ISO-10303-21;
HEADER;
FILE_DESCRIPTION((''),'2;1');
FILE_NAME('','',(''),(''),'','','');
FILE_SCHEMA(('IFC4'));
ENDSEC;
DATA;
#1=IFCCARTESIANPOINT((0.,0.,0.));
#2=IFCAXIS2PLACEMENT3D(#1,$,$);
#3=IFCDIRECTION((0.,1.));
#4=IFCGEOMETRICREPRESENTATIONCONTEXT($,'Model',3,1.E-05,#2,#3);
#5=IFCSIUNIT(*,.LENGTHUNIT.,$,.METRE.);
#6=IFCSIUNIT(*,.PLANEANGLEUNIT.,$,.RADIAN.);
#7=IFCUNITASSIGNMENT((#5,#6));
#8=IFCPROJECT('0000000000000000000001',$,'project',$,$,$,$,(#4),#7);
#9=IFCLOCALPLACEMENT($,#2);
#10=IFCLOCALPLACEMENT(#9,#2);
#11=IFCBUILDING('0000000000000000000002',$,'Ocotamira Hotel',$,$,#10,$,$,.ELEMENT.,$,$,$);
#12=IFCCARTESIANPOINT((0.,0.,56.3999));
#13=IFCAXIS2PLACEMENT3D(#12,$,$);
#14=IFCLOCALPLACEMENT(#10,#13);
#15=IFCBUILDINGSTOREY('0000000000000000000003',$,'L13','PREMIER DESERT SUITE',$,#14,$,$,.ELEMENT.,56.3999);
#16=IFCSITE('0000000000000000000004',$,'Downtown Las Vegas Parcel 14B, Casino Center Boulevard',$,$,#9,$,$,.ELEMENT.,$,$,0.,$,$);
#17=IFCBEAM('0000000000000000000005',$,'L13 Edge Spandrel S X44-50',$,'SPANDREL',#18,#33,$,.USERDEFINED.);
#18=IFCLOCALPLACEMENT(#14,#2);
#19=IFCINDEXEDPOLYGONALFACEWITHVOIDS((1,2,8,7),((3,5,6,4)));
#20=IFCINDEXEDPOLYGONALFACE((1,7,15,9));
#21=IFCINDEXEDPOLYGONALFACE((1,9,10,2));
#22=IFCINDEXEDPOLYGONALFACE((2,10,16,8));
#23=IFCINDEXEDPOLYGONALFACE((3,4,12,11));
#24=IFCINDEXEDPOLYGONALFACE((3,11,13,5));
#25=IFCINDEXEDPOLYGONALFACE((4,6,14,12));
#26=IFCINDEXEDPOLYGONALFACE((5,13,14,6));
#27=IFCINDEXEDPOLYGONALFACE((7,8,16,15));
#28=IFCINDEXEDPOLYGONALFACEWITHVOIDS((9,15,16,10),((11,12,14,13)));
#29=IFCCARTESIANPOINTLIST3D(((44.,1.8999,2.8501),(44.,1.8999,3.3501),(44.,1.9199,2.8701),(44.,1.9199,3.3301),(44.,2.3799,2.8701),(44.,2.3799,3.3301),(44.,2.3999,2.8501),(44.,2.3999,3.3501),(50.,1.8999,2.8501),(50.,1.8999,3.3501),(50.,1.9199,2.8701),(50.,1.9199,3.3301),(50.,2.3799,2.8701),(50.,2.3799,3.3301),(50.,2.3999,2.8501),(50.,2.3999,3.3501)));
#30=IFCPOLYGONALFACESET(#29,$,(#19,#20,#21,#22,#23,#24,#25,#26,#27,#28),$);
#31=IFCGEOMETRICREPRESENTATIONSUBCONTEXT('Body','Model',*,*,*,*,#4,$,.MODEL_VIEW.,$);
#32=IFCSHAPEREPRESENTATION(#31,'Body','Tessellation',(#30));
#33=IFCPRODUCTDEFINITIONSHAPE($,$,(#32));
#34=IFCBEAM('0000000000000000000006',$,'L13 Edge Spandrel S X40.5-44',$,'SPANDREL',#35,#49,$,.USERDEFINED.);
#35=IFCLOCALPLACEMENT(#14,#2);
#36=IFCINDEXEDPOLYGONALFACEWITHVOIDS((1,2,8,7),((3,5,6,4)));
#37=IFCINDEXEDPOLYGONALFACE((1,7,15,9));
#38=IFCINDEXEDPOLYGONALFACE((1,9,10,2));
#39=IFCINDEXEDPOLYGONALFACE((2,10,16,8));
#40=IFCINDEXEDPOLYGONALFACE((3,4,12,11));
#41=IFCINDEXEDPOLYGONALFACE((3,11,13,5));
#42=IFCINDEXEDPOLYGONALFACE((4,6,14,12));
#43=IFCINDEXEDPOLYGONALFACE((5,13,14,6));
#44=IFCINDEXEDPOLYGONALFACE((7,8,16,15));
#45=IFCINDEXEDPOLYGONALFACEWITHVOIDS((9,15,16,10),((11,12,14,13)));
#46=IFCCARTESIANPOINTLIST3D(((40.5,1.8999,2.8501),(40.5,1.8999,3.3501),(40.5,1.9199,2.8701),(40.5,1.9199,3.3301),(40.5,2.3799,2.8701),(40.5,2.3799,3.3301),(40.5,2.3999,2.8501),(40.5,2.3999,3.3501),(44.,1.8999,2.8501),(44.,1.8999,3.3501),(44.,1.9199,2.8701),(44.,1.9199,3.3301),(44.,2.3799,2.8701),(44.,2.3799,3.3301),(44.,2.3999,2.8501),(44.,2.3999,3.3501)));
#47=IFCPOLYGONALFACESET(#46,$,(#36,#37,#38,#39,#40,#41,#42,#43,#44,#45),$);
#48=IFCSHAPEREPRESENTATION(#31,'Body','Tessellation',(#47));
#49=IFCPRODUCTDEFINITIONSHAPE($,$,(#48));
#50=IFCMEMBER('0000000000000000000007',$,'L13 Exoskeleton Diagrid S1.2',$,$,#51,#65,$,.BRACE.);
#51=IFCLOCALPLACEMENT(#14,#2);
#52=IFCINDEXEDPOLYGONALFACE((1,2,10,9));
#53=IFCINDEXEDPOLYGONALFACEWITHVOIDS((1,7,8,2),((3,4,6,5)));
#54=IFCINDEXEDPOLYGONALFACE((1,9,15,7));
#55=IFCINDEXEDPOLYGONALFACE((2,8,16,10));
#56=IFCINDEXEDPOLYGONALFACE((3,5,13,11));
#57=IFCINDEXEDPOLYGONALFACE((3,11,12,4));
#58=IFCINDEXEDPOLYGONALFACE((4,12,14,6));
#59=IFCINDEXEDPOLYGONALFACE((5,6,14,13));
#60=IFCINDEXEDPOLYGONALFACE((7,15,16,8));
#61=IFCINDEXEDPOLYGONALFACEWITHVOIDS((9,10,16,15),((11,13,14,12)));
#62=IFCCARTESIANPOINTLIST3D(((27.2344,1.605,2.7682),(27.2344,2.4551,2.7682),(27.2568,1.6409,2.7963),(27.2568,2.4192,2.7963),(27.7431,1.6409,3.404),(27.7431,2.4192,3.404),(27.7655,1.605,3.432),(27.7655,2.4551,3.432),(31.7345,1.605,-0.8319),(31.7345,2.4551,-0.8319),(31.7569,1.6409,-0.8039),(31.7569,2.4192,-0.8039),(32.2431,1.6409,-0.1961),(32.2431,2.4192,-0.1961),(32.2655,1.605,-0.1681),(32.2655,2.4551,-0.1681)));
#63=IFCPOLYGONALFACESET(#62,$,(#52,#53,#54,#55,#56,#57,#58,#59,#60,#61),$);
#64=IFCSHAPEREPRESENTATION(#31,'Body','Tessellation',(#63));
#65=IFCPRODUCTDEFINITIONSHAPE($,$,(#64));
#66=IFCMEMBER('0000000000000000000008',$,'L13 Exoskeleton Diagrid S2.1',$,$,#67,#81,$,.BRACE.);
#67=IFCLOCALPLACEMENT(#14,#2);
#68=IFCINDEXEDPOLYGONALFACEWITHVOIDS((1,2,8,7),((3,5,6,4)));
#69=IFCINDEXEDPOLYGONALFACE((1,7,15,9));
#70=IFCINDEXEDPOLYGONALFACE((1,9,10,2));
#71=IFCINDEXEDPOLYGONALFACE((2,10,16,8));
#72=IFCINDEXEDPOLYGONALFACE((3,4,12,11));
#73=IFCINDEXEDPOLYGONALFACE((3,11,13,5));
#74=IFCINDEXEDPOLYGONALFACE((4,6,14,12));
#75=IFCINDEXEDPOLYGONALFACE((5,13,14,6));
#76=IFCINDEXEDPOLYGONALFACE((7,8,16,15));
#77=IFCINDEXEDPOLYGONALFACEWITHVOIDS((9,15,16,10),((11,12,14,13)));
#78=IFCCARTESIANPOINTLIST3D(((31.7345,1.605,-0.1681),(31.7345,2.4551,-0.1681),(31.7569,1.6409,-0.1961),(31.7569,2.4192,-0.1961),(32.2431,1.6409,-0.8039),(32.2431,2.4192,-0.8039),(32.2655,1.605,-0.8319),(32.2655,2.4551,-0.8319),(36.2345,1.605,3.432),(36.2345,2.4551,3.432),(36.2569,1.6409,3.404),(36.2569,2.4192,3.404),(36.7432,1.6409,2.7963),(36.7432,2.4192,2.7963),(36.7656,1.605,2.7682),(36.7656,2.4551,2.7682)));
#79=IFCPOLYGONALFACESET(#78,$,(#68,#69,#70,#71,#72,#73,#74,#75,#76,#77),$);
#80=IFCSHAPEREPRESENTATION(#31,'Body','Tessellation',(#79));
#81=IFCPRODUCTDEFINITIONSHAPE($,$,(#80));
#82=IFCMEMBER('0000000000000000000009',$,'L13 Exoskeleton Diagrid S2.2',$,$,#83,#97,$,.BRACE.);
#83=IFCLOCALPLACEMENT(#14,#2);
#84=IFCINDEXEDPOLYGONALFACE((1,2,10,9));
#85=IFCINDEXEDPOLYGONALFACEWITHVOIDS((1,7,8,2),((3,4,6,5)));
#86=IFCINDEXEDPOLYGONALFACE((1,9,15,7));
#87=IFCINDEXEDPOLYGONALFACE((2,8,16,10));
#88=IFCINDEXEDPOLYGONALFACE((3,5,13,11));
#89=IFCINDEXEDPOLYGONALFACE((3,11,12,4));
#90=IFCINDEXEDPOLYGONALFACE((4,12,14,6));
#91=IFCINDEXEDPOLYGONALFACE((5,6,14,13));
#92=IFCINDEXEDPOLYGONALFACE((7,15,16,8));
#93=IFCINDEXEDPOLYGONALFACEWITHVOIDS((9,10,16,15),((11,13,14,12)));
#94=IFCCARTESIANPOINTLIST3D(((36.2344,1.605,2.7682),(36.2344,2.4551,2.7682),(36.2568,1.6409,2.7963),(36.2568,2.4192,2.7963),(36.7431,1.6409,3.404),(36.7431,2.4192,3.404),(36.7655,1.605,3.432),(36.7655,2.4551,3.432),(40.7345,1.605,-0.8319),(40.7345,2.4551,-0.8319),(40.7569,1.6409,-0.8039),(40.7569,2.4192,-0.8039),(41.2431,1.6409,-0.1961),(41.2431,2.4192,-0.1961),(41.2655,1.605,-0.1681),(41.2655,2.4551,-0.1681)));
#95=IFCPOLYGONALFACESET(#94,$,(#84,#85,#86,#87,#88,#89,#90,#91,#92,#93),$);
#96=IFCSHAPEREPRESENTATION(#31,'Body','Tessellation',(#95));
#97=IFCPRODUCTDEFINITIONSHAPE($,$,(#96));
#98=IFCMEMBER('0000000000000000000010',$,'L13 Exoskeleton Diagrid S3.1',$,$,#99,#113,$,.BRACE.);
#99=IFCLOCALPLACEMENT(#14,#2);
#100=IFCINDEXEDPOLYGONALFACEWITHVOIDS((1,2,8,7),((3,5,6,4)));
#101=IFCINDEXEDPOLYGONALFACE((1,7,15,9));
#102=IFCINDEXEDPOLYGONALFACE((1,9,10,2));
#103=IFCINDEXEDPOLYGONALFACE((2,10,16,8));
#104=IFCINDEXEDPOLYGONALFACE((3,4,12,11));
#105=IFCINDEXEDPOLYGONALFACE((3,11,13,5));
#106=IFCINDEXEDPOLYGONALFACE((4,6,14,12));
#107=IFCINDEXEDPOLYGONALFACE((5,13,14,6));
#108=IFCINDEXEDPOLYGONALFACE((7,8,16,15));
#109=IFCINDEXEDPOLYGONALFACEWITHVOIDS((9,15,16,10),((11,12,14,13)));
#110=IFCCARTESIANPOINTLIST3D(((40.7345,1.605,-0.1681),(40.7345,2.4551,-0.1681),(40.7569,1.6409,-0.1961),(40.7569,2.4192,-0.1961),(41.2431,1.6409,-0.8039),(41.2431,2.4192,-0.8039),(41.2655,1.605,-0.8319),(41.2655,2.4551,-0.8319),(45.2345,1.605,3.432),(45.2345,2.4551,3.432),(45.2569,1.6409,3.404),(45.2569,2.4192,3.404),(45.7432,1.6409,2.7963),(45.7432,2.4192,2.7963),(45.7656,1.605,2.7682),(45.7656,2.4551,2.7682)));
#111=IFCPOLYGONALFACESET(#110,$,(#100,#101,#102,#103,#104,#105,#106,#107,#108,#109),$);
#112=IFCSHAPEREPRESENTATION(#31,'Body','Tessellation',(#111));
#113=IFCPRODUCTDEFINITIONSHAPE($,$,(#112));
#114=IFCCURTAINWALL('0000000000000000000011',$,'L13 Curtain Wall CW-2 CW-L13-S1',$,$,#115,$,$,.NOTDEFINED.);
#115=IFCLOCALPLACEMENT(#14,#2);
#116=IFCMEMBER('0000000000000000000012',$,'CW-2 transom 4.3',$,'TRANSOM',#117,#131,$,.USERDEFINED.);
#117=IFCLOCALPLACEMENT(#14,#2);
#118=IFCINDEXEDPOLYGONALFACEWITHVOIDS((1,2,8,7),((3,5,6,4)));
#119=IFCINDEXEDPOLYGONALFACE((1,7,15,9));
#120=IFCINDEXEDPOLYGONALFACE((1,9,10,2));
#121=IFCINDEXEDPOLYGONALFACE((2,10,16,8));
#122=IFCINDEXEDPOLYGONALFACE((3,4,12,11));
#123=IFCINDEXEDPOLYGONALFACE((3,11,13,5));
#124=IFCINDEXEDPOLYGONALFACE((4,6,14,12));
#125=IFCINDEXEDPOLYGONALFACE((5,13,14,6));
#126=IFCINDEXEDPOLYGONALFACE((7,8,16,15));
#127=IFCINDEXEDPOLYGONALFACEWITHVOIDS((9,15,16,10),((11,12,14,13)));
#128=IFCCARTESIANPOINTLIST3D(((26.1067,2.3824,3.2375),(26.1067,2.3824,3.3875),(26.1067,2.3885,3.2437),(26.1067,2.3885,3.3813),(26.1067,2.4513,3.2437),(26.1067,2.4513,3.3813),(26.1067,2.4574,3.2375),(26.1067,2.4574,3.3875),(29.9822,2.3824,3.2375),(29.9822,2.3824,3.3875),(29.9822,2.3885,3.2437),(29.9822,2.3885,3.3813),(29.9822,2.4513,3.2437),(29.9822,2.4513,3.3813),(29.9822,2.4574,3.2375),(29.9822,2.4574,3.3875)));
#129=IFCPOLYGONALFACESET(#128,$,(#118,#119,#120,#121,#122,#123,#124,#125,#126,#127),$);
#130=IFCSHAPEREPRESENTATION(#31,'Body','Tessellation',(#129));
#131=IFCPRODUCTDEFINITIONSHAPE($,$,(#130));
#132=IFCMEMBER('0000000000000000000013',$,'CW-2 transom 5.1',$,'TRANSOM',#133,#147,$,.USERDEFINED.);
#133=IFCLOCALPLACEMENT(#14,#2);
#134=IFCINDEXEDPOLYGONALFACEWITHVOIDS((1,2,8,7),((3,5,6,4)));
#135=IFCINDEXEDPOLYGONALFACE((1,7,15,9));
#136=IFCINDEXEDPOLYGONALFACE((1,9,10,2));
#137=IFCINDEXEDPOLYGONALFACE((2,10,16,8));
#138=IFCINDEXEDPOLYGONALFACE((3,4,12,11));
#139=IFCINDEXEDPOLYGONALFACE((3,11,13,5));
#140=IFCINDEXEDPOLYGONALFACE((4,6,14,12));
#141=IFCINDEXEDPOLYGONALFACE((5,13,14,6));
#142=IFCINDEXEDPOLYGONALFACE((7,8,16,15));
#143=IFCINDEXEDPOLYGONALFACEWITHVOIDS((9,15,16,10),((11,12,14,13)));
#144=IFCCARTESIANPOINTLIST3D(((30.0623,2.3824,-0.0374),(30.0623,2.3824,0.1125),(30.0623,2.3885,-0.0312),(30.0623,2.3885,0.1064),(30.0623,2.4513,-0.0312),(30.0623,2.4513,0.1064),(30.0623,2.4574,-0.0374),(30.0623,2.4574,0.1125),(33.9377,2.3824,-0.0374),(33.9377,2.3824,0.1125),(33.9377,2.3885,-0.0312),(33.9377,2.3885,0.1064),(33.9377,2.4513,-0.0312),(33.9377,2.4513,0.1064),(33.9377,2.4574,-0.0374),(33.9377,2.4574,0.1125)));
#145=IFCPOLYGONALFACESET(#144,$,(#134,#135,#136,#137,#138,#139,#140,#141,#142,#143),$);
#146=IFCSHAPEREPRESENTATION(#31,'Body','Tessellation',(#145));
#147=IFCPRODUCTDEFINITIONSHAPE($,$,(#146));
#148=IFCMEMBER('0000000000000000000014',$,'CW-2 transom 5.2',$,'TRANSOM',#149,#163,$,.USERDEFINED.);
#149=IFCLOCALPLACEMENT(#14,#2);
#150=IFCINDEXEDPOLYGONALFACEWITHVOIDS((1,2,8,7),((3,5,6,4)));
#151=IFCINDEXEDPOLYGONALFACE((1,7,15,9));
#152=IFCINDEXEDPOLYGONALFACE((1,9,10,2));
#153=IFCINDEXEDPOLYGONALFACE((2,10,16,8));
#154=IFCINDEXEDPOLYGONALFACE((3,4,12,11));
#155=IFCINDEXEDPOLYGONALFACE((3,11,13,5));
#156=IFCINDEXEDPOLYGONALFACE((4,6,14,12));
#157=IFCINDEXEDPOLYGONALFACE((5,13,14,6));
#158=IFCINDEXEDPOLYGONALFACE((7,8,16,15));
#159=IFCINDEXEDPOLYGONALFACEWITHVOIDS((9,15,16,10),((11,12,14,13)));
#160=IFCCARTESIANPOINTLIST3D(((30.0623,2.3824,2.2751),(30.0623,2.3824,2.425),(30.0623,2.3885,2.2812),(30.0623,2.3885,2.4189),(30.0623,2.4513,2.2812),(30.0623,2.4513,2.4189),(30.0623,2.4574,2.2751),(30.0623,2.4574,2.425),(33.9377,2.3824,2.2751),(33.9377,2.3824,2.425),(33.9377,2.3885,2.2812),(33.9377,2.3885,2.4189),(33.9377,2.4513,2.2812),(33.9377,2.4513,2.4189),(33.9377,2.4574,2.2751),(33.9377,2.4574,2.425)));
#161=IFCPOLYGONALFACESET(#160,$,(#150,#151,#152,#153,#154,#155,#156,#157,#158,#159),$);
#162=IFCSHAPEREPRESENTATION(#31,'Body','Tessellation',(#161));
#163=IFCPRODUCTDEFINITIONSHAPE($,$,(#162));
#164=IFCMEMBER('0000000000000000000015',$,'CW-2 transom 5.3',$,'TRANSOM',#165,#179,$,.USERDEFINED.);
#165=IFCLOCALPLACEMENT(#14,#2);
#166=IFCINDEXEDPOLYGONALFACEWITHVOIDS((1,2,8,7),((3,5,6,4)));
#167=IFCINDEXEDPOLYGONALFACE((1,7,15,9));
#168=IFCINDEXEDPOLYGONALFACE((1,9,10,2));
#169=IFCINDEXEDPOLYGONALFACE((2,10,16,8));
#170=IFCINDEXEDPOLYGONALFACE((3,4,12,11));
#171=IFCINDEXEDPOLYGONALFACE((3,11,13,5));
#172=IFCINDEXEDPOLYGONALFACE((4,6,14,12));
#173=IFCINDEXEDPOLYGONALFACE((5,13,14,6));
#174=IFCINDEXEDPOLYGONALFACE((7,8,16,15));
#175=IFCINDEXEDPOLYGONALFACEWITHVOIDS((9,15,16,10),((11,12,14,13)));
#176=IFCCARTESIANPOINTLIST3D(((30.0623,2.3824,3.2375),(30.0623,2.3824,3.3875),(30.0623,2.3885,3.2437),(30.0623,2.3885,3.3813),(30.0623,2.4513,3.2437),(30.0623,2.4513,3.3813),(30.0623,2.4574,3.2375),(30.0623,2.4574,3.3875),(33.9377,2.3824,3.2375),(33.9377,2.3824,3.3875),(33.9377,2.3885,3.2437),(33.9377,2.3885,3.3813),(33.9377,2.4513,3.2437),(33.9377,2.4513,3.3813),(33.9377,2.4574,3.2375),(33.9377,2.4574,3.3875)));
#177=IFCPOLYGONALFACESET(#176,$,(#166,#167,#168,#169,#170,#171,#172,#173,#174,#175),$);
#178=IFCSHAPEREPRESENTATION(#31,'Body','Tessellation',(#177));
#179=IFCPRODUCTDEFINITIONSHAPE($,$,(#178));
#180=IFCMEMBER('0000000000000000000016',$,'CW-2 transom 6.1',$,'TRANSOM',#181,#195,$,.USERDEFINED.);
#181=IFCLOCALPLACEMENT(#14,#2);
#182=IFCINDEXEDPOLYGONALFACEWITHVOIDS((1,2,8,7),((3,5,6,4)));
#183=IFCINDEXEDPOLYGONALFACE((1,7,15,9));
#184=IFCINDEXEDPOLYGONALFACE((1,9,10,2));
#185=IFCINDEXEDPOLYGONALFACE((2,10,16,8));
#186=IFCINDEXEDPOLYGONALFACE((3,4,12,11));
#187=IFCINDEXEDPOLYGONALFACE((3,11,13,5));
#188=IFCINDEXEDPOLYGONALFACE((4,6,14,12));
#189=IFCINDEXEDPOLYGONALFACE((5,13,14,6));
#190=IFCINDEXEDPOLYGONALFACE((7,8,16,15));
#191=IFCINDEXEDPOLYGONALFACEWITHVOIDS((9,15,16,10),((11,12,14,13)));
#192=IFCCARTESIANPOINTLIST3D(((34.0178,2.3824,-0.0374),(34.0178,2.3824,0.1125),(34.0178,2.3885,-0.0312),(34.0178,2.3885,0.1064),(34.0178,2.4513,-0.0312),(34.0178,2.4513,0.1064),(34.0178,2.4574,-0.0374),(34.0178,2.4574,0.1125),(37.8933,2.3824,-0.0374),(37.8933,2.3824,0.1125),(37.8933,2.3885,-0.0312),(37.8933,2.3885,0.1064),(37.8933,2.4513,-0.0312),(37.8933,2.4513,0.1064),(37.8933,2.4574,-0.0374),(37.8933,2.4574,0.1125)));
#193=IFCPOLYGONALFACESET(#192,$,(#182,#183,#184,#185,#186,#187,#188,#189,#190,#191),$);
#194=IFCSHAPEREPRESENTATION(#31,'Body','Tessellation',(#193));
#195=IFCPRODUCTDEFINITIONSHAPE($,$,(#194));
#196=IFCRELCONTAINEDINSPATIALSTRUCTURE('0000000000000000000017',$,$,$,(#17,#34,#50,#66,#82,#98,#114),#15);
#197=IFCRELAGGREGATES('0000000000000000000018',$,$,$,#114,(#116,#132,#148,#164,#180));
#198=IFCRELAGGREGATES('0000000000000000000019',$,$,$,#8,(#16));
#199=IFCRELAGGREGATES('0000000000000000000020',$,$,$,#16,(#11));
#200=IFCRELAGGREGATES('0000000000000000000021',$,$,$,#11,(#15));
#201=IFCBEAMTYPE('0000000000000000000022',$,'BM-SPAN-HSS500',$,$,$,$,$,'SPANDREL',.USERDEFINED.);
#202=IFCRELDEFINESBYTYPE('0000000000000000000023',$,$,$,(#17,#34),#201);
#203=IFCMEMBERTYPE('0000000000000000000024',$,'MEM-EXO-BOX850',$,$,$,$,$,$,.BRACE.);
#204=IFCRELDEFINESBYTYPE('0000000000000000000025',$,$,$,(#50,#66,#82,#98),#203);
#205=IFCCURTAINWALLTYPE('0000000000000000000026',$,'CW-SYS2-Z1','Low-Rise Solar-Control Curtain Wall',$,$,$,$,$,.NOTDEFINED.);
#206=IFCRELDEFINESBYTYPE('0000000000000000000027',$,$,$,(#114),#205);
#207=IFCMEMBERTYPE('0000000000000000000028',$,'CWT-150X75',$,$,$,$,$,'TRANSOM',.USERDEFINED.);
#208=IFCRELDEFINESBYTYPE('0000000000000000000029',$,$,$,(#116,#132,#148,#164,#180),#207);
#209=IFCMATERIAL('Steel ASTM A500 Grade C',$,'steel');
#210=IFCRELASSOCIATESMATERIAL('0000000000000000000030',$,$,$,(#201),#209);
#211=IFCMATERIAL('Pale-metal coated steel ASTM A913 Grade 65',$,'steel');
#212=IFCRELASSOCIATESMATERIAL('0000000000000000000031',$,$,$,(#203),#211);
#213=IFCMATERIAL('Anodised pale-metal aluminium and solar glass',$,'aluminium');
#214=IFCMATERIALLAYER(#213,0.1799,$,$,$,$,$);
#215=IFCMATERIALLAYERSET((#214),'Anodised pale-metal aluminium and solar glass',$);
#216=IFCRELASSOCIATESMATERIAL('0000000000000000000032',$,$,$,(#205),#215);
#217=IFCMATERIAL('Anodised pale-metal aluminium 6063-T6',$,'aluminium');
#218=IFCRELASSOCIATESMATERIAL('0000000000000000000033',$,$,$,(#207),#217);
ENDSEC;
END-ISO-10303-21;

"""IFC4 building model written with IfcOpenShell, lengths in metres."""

from ifc_helpers import new_model, si_unit, direction, frame, origin, origin_2d, place, context, subcontext, project, spatial, hollow_rectangle, extrude, source, transform, mapped, material, layer, layer_set, material_profile, profile_set, type_object, element, aggregate, save


model = new_model("IFC4")

# Units and contexts
model_context = context("Model", 3, precision=1e-05, world=origin(), true_north=direction((0.0, 1.0)))
body_context = subcontext(model_context, "Body", "Model", "MODEL_VIEW")
ifc_project = project(units=[si_unit("LENGTHUNIT", "METRE"), si_unit("PLANEANGLEUNIT", "RADIAN")], contexts=[model_context])

# Site, building, storey
site_placement = place(None, origin())
site = spatial("IfcSite", under=ifc_project, at=site_placement, Name="Downtown Las Vegas Parcel 14B, Casino Center Boulevard", CompositionType="ELEMENT", RefElevation=0.0)
building_placement = place(site_placement, origin())
building = spatial("IfcBuilding", under=site, at=building_placement, Name="Ocotamira Hotel", CompositionType="ELEMENT")
storey_placement = place(building_placement, frame((0.0, 0.0, 56.3999)))
storey = spatial("IfcBuildingStorey", under=building, at=storey_placement, Name="L13", Description="PREMIER DESERT SUITE", CompositionType="ELEMENT", Elevation=56.3999)

# Beams
ifc_material_1 = material(Name="Steel ASTM A500 Grade C", Category="steel")
ifc_material_profile_1 = material_profile(ifc_material_1, hollow_rectangle(XDim=0.5, YDim=0.5, WallThickness=0.02, at=origin_2d()), Name="HSS500X500X20")
ifc_profile_set_1 = profile_set([ifc_material_profile_1], Name="Steel ASTM A500 Grade C")
beam_type = type_object("IfcBeamType", Name="BM-SPAN-HSS500", ElementType="SPANDREL", PredefinedType="USERDEFINED", material=ifc_profile_set_1)
shared_shape_1 = source(origin(), body_context, "Body", "SweptSolid", [
    extrude(hollow_rectangle(XDim=0.5, YDim=0.5, WallThickness=0.02, at=origin_2d()), origin(), (0.0, 0.0, 1.0), 6.0),
])
beam_1_placement = place(storey_placement, frame((44.0, 2.1499, 3.1001), z_axis=(1.0, 0.0, 0.0), x_axis=(0.0, 1.0, 0.0)))
element("IfcBeam", 1, at=beam_1_placement, inside=storey, type_object=beam_type, Name="L13 Edge Spandrel S X44-50", ObjectType="SPANDREL", PredefinedType="USERDEFINED", context=body_context, shape_type="MappedRepresentation", body=[
    mapped(shared_shape_1, transform((0.0, 0.0, 0.0), scale=1.0)),
])
shared_shape_2 = source(origin(), body_context, "Body", "SweptSolid", [
    extrude(hollow_rectangle(XDim=0.5, YDim=0.5, WallThickness=0.02, at=origin_2d()), origin(), (0.0, 0.0, 1.0), 3.5),
])
beam_2_placement = place(storey_placement, frame((40.5, 2.1499, 3.1001), z_axis=(1.0, 0.0, 0.0), x_axis=(0.0, 1.0, 0.0)))
element("IfcBeam", 2, at=beam_2_placement, inside=storey, type_object=beam_type, Name="L13 Edge Spandrel S X40.5-44", ObjectType="SPANDREL", PredefinedType="USERDEFINED", context=body_context, shape_type="MappedRepresentation", body=[
    mapped(shared_shape_2, transform((0.0, 0.0, 0.0), scale=1.0)),
])

# Members
ifc_material_2 = material(Name="Pale-metal coated steel ASTM A913 Grade 65", Category="steel")
ifc_material_profile_2 = material_profile(ifc_material_2, hollow_rectangle(XDim=0.8501, YDim=0.8501, WallThickness=0.0359, at=origin_2d()), Name="BOX850X850X36")
ifc_profile_set_2 = profile_set([ifc_material_profile_2], Name="Pale-metal coated steel ASTM A913 Grade 65")
member_type_1 = type_object("IfcMemberType", Name="MEM-EXO-BOX850", PredefinedType="BRACE", material=ifc_profile_set_2)
shared_shape_3 = source(origin(), body_context, "Body", "SweptSolid", [
    extrude(hollow_rectangle(XDim=0.8501, YDim=0.8501, WallThickness=0.0359, at=origin_2d()), origin(), (0.0, 0.0, 1.0), 5.7629),
])
for number, where, z_axis, x_axis, name in (
    (3, (32.0, 2.03, -0.5), (-0.780861, 0.0, 0.624705), (0.0, -1.0, 0.0), "L13 Exoskeleton Diagrid S1.2"),
    (4, (32.0, 2.03, -0.5), (0.780861, 0.0, 0.624705), (0.0, 1.0, 0.0), "L13 Exoskeleton Diagrid S2.1"),
    (5, (41.0, 2.03, -0.5), (-0.780861, 0.0, 0.624705), (0.0, -1.0, 0.0), "L13 Exoskeleton Diagrid S2.2"),
    (6, (41.0, 2.03, -0.5), (0.780861, 0.0, 0.624705), (0.0, 1.0, 0.0), "L13 Exoskeleton Diagrid S3.1"),
):
    element("IfcMember", number, at=place(storey_placement, frame(where, z_axis=z_axis, x_axis=x_axis)), inside=storey, type_object=member_type_1, Name=name, PredefinedType="BRACE", context=body_context, shape_type="MappedRepresentation", body=[
        mapped(shared_shape_3, transform((0.0, 0.0, 0.0), scale=1.0)),
    ])

# Curtain wall, members
ifc_material_3 = material(Name="Anodised pale-metal aluminium and solar glass", Category="aluminium")
ifc_layer_1 = layer(ifc_material_3, 0.1799)
ifc_layer_set_1 = layer_set([ifc_layer_1], Name="Anodised pale-metal aluminium and solar glass")
curtain_wall_type = type_object("IfcCurtainWallType", Name="CW-SYS2-Z1", Description="Low-Rise Solar-Control Curtain Wall", PredefinedType="NOTDEFINED", material=ifc_layer_set_1)
curtain_wall_placement = place(storey_placement, origin())
curtain_wall = element("IfcCurtainWall", 7, at=curtain_wall_placement, inside=storey, type_object=curtain_wall_type, Name="L13 Curtain Wall CW-2 CW-L13-S1", PredefinedType="NOTDEFINED")
ifc_material_4 = material(Name="Anodised pale-metal aluminium 6063-T6", Category="aluminium")
ifc_material_profile_3 = material_profile(ifc_material_4, hollow_rectangle(XDim=0.075, YDim=0.1499, WallThickness=0.0061, at=origin_2d()), Name="HSS150X75X6")
ifc_profile_set_3 = profile_set([ifc_material_profile_3], Name="Anodised pale-metal aluminium 6063-T6")
member_type_2 = type_object("IfcMemberType", Name="CWT-150X75", ElementType="TRANSOM", PredefinedType="USERDEFINED", material=ifc_profile_set_3)
shared_shape_4 = source(origin(), body_context, "Body", "SweptSolid", [
    extrude(hollow_rectangle(XDim=0.075, YDim=0.1499, WallThickness=0.0061, at=origin_2d()), origin(), (0.0, 0.0, 1.0), 3.8755),
])
member_1_placement = place(storey_placement, frame((26.1067, 2.4199, 3.3125), z_axis=(1.0, 0.0, 0.0), x_axis=(0.0, 1.0, 0.0)))
member_1 = element("IfcMember", 8, at=member_1_placement, type_object=member_type_2, Name="CW-2 transom 4.3", ObjectType="TRANSOM", PredefinedType="USERDEFINED", context=body_context, shape_type="MappedRepresentation", body=[
    mapped(shared_shape_4, transform((0.0, 0.0, 0.0), scale=1.0)),
])
member_2_placement = place(storey_placement, frame((30.0623, 2.4199, 0.0376), z_axis=(1.0, 0.0, 0.0), x_axis=(0.0, 1.0, 0.0)))
member_2 = element("IfcMember", 9, at=member_2_placement, type_object=member_type_2, Name="CW-2 transom 5.1", ObjectType="TRANSOM", PredefinedType="USERDEFINED", context=body_context, shape_type="MappedRepresentation", body=[
    mapped(shared_shape_4, transform((0.0, 0.0, 0.0), scale=1.0)),
])
member_3_placement = place(storey_placement, frame((30.0623, 2.4199, 2.3501), z_axis=(1.0, 0.0, 0.0), x_axis=(0.0, 1.0, 0.0)))
member_3 = element("IfcMember", 10, at=member_3_placement, type_object=member_type_2, Name="CW-2 transom 5.2", ObjectType="TRANSOM", PredefinedType="USERDEFINED", context=body_context, shape_type="MappedRepresentation", body=[
    mapped(shared_shape_4, transform((0.0, 0.0, 0.0), scale=1.0)),
])
member_4_placement = place(storey_placement, frame((30.0623, 2.4199, 3.3125), z_axis=(1.0, 0.0, 0.0), x_axis=(0.0, 1.0, 0.0)))
member_4 = element("IfcMember", 11, at=member_4_placement, type_object=member_type_2, Name="CW-2 transom 5.3", ObjectType="TRANSOM", PredefinedType="USERDEFINED", context=body_context, shape_type="MappedRepresentation", body=[
    mapped(shared_shape_4, transform((0.0, 0.0, 0.0), scale=1.0)),
])
member_5_placement = place(storey_placement, frame((34.0178, 2.4199, 0.0376), z_axis=(1.0, 0.0, 0.0), x_axis=(0.0, 1.0, 0.0)))
member_5 = element("IfcMember", 12, at=member_5_placement, type_object=member_type_2, Name="CW-2 transom 6.1", ObjectType="TRANSOM", PredefinedType="USERDEFINED", context=body_context, shape_type="MappedRepresentation", body=[
    mapped(shared_shape_4, transform((0.0, 0.0, 0.0), scale=1.0)),
])

aggregate(curtain_wall, [member_1, member_2, member_3, member_4, member_5])

save(model, "model.ifc")
